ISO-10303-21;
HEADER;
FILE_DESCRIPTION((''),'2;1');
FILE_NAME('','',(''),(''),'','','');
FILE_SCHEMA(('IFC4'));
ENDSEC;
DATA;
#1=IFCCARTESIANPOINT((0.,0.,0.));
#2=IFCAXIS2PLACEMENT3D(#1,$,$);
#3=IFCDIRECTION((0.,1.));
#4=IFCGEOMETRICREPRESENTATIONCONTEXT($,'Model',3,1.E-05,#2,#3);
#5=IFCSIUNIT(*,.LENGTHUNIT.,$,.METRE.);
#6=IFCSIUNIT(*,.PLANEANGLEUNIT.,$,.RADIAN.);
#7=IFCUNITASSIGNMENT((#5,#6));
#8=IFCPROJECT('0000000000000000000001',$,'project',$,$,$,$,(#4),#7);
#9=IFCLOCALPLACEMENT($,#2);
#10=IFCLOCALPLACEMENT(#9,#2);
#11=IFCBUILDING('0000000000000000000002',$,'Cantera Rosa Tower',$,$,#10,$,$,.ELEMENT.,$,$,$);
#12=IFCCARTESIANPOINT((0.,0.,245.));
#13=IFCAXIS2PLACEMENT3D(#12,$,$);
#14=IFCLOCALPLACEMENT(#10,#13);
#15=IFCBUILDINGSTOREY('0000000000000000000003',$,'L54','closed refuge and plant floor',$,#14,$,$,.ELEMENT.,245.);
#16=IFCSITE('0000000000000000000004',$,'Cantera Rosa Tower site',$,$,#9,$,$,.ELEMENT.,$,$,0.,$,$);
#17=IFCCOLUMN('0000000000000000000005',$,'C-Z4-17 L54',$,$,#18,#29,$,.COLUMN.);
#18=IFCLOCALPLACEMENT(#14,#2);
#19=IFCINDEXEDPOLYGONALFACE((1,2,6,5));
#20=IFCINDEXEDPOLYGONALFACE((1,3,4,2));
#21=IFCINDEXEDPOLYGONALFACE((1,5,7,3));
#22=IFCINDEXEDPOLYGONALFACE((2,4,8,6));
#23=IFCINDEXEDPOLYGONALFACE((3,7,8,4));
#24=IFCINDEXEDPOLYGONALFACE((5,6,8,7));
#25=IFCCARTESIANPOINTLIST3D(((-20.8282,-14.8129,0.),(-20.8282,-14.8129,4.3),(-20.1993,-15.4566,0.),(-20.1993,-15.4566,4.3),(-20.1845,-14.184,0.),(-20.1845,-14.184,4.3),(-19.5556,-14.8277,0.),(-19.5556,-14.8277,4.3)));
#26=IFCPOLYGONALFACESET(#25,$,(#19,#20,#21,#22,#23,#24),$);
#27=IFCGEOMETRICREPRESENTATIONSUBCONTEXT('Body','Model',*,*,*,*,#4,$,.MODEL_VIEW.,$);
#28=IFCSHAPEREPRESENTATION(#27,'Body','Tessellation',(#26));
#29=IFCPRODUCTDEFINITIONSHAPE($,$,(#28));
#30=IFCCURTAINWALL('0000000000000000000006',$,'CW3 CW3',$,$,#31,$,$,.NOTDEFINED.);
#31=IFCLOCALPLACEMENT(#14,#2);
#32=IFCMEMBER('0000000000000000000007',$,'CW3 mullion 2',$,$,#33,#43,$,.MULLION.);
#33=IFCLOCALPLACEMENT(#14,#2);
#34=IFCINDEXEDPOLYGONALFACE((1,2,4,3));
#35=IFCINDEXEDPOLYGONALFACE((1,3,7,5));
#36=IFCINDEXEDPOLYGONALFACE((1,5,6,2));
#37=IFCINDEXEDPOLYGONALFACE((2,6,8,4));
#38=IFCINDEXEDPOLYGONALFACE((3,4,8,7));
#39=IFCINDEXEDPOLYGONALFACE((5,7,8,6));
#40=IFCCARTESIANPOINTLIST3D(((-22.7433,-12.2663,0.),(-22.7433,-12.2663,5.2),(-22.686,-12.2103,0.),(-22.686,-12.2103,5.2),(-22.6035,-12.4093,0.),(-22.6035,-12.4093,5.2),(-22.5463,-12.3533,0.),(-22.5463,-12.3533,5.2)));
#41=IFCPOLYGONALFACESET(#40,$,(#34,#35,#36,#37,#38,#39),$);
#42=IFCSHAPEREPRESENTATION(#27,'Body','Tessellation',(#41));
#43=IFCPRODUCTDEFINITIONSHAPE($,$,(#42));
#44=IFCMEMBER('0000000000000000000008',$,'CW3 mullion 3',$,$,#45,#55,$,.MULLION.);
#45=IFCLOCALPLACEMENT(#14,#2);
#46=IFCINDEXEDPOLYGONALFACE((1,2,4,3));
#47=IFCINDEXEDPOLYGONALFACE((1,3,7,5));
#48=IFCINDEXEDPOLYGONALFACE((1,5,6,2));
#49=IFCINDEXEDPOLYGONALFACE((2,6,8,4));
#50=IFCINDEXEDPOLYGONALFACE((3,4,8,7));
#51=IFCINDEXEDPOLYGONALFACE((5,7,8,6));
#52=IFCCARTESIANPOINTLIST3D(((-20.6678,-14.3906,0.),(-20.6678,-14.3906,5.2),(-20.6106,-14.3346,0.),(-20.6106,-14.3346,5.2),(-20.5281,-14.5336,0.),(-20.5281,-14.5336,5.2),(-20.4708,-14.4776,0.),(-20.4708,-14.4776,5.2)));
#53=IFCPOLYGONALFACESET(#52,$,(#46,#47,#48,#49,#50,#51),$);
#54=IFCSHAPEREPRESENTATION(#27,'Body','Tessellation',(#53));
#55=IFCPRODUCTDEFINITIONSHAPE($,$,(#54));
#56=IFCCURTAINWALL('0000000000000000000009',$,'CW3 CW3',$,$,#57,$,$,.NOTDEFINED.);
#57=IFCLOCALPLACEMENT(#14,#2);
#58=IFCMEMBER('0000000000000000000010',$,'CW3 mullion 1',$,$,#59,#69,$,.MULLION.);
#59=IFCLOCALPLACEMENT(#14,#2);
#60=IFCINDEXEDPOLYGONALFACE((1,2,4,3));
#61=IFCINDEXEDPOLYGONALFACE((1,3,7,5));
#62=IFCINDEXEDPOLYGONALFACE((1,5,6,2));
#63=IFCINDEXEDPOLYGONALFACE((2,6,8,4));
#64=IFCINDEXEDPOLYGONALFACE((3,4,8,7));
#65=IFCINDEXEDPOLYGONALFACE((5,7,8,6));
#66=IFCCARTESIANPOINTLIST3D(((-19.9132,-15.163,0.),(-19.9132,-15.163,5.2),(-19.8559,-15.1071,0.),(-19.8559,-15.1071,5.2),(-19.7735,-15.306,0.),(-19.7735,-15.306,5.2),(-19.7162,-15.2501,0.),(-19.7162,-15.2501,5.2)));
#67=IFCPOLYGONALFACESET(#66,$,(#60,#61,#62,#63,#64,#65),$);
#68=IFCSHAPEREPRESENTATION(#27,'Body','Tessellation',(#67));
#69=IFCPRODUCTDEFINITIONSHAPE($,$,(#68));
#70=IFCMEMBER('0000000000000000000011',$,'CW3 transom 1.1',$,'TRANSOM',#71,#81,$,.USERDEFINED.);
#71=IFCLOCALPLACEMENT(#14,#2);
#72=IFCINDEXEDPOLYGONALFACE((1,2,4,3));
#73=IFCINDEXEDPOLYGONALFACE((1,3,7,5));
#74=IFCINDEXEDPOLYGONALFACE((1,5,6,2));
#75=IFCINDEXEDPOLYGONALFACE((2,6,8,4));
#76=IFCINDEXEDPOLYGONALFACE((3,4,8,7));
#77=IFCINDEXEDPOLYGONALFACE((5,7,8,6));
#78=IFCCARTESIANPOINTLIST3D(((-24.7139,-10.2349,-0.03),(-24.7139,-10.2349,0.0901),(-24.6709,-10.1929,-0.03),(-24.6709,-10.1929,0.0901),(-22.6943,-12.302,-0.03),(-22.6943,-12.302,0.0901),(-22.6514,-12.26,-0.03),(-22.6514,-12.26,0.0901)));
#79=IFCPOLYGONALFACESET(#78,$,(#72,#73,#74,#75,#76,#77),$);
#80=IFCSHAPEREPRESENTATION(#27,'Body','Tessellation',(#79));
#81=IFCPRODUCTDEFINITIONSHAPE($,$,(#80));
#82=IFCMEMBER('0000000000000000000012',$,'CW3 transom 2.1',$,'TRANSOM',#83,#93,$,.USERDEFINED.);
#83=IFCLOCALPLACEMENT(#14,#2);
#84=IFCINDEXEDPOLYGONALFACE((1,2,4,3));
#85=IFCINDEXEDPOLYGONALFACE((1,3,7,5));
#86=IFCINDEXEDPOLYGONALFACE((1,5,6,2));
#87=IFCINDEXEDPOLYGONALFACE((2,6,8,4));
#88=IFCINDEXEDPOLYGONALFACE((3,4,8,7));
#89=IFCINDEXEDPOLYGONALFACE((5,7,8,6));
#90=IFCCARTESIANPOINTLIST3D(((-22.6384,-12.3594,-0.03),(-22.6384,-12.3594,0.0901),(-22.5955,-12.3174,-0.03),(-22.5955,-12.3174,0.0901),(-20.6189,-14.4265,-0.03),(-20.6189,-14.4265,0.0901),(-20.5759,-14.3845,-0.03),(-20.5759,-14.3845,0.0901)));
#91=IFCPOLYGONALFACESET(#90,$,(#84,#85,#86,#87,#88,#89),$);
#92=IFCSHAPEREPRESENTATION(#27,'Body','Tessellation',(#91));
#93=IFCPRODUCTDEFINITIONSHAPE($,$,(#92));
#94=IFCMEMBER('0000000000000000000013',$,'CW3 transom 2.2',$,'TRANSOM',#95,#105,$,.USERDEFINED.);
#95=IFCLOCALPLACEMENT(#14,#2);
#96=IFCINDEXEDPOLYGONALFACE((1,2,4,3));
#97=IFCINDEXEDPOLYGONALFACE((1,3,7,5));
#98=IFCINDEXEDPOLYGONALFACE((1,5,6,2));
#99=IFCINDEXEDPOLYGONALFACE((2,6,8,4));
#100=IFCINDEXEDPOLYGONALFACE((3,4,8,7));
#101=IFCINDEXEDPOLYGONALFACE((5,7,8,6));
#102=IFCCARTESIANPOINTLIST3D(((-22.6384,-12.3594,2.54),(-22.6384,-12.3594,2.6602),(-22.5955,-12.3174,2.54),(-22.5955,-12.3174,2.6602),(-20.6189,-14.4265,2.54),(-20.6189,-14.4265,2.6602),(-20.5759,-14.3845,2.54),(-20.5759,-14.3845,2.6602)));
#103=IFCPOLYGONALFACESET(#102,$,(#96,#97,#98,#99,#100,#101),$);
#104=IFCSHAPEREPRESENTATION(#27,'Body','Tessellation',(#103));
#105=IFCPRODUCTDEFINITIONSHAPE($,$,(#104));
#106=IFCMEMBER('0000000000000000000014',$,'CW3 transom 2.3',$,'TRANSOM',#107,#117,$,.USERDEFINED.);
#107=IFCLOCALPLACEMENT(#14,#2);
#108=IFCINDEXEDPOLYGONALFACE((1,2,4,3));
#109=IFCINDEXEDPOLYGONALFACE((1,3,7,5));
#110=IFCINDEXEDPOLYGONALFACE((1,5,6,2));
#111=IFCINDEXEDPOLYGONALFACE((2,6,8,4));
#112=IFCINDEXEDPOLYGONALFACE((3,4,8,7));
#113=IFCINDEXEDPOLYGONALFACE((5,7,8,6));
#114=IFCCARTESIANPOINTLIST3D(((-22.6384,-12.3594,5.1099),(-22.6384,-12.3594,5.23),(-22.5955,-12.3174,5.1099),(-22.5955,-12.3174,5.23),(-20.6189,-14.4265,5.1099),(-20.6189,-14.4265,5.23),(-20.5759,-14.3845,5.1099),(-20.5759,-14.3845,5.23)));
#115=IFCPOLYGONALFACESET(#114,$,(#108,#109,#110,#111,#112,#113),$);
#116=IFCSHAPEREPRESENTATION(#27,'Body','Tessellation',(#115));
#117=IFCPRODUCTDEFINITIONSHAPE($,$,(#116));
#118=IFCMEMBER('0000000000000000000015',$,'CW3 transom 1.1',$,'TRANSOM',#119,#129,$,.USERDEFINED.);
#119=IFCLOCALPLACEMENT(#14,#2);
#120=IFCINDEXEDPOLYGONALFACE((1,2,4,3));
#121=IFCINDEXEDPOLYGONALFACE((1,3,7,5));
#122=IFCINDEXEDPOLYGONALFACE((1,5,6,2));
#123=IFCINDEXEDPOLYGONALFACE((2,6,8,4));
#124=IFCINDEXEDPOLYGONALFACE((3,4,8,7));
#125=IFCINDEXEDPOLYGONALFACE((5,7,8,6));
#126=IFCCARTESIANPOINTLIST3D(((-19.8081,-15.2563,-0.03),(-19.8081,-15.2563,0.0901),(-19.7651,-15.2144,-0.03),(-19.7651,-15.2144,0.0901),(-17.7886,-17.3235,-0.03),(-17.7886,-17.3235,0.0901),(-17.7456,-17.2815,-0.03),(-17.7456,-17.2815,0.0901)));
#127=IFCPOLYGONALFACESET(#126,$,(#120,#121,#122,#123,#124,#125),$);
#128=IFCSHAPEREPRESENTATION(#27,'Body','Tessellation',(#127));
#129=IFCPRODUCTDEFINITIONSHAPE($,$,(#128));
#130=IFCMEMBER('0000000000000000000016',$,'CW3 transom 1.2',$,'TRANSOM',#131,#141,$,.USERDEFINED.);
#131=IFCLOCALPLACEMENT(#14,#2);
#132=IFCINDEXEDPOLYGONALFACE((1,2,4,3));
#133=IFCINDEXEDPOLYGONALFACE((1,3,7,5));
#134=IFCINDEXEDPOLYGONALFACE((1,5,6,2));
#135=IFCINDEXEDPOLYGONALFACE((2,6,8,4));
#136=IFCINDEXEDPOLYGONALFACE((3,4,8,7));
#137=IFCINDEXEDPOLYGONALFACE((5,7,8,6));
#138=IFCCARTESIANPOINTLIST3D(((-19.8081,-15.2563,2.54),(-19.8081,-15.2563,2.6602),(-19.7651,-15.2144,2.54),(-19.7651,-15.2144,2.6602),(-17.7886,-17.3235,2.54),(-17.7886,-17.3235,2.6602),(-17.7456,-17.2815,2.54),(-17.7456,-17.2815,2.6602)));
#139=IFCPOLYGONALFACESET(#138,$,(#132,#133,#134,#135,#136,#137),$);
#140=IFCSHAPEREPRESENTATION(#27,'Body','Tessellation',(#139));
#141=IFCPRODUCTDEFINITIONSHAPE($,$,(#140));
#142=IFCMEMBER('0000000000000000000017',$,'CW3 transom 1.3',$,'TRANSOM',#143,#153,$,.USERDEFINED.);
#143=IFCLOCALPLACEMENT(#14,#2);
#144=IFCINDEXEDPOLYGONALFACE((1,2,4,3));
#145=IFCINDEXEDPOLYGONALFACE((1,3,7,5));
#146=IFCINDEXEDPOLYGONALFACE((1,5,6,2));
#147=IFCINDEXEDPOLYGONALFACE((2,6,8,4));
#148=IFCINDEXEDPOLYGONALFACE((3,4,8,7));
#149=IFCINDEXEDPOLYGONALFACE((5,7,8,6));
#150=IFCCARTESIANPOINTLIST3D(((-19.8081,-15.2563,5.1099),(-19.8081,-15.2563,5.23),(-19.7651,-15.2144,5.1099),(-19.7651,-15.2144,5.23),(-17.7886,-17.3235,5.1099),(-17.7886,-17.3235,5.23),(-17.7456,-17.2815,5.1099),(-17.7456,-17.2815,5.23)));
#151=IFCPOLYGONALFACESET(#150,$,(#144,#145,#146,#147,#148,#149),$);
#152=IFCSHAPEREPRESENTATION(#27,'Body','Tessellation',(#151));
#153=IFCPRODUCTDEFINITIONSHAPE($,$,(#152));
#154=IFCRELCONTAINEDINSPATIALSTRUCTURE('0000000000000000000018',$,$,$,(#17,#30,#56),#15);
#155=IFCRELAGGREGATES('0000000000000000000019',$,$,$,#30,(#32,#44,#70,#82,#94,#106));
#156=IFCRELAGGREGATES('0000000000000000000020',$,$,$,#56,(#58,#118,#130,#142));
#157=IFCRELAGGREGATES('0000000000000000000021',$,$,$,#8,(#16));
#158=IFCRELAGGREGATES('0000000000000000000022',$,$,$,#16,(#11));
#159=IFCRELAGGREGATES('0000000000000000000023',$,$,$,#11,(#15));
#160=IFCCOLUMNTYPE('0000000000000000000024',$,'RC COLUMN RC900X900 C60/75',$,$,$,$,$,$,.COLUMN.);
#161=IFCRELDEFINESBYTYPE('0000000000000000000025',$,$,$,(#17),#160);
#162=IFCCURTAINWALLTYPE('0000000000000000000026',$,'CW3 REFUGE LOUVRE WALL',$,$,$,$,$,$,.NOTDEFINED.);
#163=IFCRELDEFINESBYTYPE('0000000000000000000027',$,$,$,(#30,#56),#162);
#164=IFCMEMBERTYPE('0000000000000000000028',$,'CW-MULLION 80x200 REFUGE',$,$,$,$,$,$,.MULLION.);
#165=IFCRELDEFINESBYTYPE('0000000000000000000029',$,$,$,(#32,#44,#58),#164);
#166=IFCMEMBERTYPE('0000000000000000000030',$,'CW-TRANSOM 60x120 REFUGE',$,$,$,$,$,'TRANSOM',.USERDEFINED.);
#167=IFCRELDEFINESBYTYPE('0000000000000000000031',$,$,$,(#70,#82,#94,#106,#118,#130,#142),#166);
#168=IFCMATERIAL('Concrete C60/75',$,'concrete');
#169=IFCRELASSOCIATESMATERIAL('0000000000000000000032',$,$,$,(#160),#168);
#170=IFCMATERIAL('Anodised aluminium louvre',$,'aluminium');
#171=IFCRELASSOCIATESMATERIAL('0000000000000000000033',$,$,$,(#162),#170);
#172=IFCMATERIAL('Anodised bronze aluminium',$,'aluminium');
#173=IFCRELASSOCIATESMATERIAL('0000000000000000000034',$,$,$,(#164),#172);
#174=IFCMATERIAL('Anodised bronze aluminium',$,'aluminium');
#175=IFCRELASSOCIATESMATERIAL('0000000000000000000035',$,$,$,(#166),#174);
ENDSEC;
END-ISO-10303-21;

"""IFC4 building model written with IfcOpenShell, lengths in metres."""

from ifc_helpers import new_model, si_unit, direction, frame, origin, origin_2d, place, context, subcontext, project, spatial, rectangle, extrude, material, material_profile, profile_set, type_object, element, aggregate, save


model = new_model("IFC4")

# Units and contexts
model_context = context("Model", 3, precision=1e-05, world=origin(), true_north=direction((0.0, 1.0)))
body_context = subcontext(model_context, "Body", "Model", "MODEL_VIEW")
ifc_project = project(units=[si_unit("LENGTHUNIT", "METRE"), si_unit("PLANEANGLEUNIT", "RADIAN")], contexts=[model_context])

# Site, building, storey
site_placement = place(None, origin())
site = spatial("IfcSite", under=ifc_project, at=site_placement, Name="Cantera Rosa Tower site", CompositionType="ELEMENT", RefElevation=0.0)
building_placement = place(site_placement, origin())
building = spatial("IfcBuilding", under=site, at=building_placement, Name="Cantera Rosa Tower", CompositionType="ELEMENT")
storey_placement = place(building_placement, frame((0.0, 0.0, 245.0)))
storey = spatial("IfcBuildingStorey", under=building, at=storey_placement, Name="L54", Description="closed refuge and plant floor", CompositionType="ELEMENT", Elevation=245.0)

# Column
ifc_material_1 = material(Name="Concrete C60/75", Category="concrete")
ifc_material_profile_1 = material_profile(ifc_material_1, rectangle(XDim=0.8999, YDim=0.8999, at=origin_2d()), Name="RC COLUMN RC900X900 C60/75")
ifc_profile_set_1 = profile_set([ifc_material_profile_1], Name="Concrete C60/75")
column_type = type_object("IfcColumnType", Name="RC COLUMN RC900X900 C60/75", PredefinedType="COLUMN", material=ifc_profile_set_1)
column_placement = place(storey_placement, frame((-20.1919, -14.8203, 0.0), z_axis=(0.0, 0.0, 1.0), x_axis=(0.715286, 0.698832, 0.0)))
element("IfcColumn", 1, at=column_placement, inside=storey, type_object=column_type, Name="C-Z4-17 L54", PredefinedType="COLUMN", context=body_context, shape_type="SweptSolid", body=[
    extrude(rectangle(XDim=0.8999, YDim=0.8999, at=origin_2d()), origin(), (0.0, 0.0, 1.0), 4.3),
])

# Curtain wall, members
ifc_material_2 = material(Name="Anodised aluminium louvre", Category="aluminium")
curtain_wall_type = type_object("IfcCurtainWallType", Name="CW3 REFUGE LOUVRE WALL", PredefinedType="NOTDEFINED", material=ifc_material_2)
curtain_wall_1_placement = place(storey_placement, origin())
curtain_wall_1 = element("IfcCurtainWall", 2, at=curtain_wall_1_placement, inside=storey, type_object=curtain_wall_type, Name="CW3 CW3", PredefinedType="NOTDEFINED")
ifc_material_3 = material(Name="Anodised bronze aluminium", Category="aluminium")
ifc_material_profile_2 = material_profile(ifc_material_3, rectangle(XDim=0.0801, YDim=0.2, at=origin_2d()), Name="CW-MULLION 80x200 REFUGE")
ifc_profile_set_2 = profile_set([ifc_material_profile_2], Name="Anodised bronze aluminium")
member_type_1 = type_object("IfcMemberType", Name="CW-MULLION 80x200 REFUGE", PredefinedType="MULLION", material=ifc_profile_set_2)
member_1_placement = place(storey_placement, frame((-22.6448, -12.3098, 0.0), z_axis=(0.0, 0.0, 1.0), x_axis=(0.715286, 0.698832, 0.0)))
member_1 = element("IfcMember", 3, at=member_1_placement, type_object=member_type_1, Name="CW3 mullion 2", PredefinedType="MULLION", context=body_context, shape_type="SweptSolid", body=[
    extrude(rectangle(XDim=0.0801, YDim=0.2, at=origin_2d()), origin(), (0.0, 0.0, 1.0), 5.2),
])
member_2_placement = place(storey_placement, frame((-20.5693, -14.4341, 0.0), z_axis=(0.0, 0.0, 1.0), x_axis=(0.715286, 0.698832, 0.0)))
member_2 = element("IfcMember", 4, at=member_2_placement, type_object=member_type_1, Name="CW3 mullion 3", PredefinedType="MULLION", context=body_context, shape_type="SweptSolid", body=[
    extrude(rectangle(XDim=0.0801, YDim=0.2, at=origin_2d()), origin(), (0.0, 0.0, 1.0), 5.2),
])

# Curtain wall, member
curtain_wall_2_placement = place(storey_placement, origin())
curtain_wall_2 = element("IfcCurtainWall", 5, at=curtain_wall_2_placement, inside=storey, type_object=curtain_wall_type, Name="CW3 CW3", PredefinedType="NOTDEFINED")
member_3_placement = place(storey_placement, frame((-19.8147, -15.2065, 0.0), z_axis=(0.0, 0.0, 1.0), x_axis=(0.715286, 0.698832, 0.0)))
member_3 = element("IfcMember", 6, at=member_3_placement, type_object=member_type_1, Name="CW3 mullion 1", PredefinedType="MULLION", context=body_context, shape_type="SweptSolid", body=[
    extrude(rectangle(XDim=0.0801, YDim=0.2, at=origin_2d()), origin(), (0.0, 0.0, 1.0), 5.2),
])

# Members
ifc_material_4 = material(Name="Anodised bronze aluminium", Category="aluminium")
ifc_material_profile_3 = material_profile(ifc_material_4, rectangle(XDim=0.0601, YDim=0.1201, at=origin_2d()), Name="CW-TRANSOM 60x120 REFUGE")
ifc_profile_set_3 = profile_set([ifc_material_profile_3], Name="Anodised bronze aluminium")
member_type_2 = type_object("IfcMemberType", Name="CW-TRANSOM 60x120 REFUGE", ElementType="TRANSOM", PredefinedType="USERDEFINED", material=ifc_profile_set_3)
member_4_placement = place(storey_placement, frame((-24.6924, -10.2139, 0.03), z_axis=(0.698822, -0.715296, 0.0), x_axis=(0.715296, 0.698822, 0.0)))
member_4 = element("IfcMember", 7, at=member_4_placement, type_object=member_type_2, Name="CW3 transom 1.1", ObjectType="TRANSOM", PredefinedType="USERDEFINED", context=body_context, shape_type="SweptSolid", body=[
    extrude(rectangle(XDim=0.0601, YDim=0.1201, at=origin_2d()), origin(), (0.0, 0.0, 1.0), 2.8899),
])
member_5_placement = place(storey_placement, frame((-22.6169, -12.3384, 0.03), z_axis=(0.698822, -0.715296, 0.0), x_axis=(0.715296, 0.698822, 0.0)))
member_5 = element("IfcMember", 8, at=member_5_placement, type_object=member_type_2, Name="CW3 transom 2.1", ObjectType="TRANSOM", PredefinedType="USERDEFINED", context=body_context, shape_type="SweptSolid", body=[
    extrude(rectangle(XDim=0.0601, YDim=0.1201, at=origin_2d()), origin(), (0.0, 0.0, 1.0), 2.8899),
])
member_6_placement = place(storey_placement, frame((-22.6169, -12.3384, 2.6001), z_axis=(0.698822, -0.715296, 0.0), x_axis=(0.715296, 0.698822, 0.0)))
member_6 = element("IfcMember", 9, at=member_6_placement, type_object=member_type_2, Name="CW3 transom 2.2", ObjectType="TRANSOM", PredefinedType="USERDEFINED", context=body_context, shape_type="SweptSolid", body=[
    extrude(rectangle(XDim=0.0601, YDim=0.1201, at=origin_2d()), origin(), (0.0, 0.0, 1.0), 2.8899),
])
member_7_placement = place(storey_placement, frame((-22.6169, -12.3384, 5.1699), z_axis=(0.698822, -0.715296, 0.0), x_axis=(0.715296, 0.698822, 0.0)))
member_7 = element("IfcMember", 10, at=member_7_placement, type_object=member_type_2, Name="CW3 transom 2.3", ObjectType="TRANSOM", PredefinedType="USERDEFINED", context=body_context, shape_type="SweptSolid", body=[
    extrude(rectangle(XDim=0.0601, YDim=0.1201, at=origin_2d()), origin(), (0.0, 0.0, 1.0), 2.8899),
])
member_8_placement = place(storey_placement, frame((-19.7866, -15.2354, 0.03), z_axis=(0.698822, -0.715296, 0.0), x_axis=(0.715296, 0.698822, 0.0)))
member_8 = element("IfcMember", 11, at=member_8_placement, type_object=member_type_2, Name="CW3 transom 1.1", ObjectType="TRANSOM", PredefinedType="USERDEFINED", context=body_context, shape_type="SweptSolid", body=[
    extrude(rectangle(XDim=0.0601, YDim=0.1201, at=origin_2d()), origin(), (0.0, 0.0, 1.0), 2.8899),
])
member_9_placement = place(storey_placement, frame((-19.7866, -15.2354, 2.6001), z_axis=(0.698822, -0.715296, 0.0), x_axis=(0.715296, 0.698822, 0.0)))
member_9 = element("IfcMember", 12, at=member_9_placement, type_object=member_type_2, Name="CW3 transom 1.2", ObjectType="TRANSOM", PredefinedType="USERDEFINED", context=body_context, shape_type="SweptSolid", body=[
    extrude(rectangle(XDim=0.0601, YDim=0.1201, at=origin_2d()), origin(), (0.0, 0.0, 1.0), 2.8899),
])
member_10_placement = place(storey_placement, frame((-19.7866, -15.2354, 5.1699), z_axis=(0.698822, -0.715296, 0.0), x_axis=(0.715296, 0.698822, 0.0)))
member_10 = element("IfcMember", 13, at=member_10_placement, type_object=member_type_2, Name="CW3 transom 1.3", ObjectType="TRANSOM", PredefinedType="USERDEFINED", context=body_context, shape_type="SweptSolid", body=[
    extrude(rectangle(XDim=0.0601, YDim=0.1201, at=origin_2d()), origin(), (0.0, 0.0, 1.0), 2.8899),
])

aggregate(curtain_wall_1, [member_1, member_2, member_4, member_5, member_6, member_7])
aggregate(curtain_wall_2, [member_3, member_8, member_9, member_10])

save(model, "model.ifc")
